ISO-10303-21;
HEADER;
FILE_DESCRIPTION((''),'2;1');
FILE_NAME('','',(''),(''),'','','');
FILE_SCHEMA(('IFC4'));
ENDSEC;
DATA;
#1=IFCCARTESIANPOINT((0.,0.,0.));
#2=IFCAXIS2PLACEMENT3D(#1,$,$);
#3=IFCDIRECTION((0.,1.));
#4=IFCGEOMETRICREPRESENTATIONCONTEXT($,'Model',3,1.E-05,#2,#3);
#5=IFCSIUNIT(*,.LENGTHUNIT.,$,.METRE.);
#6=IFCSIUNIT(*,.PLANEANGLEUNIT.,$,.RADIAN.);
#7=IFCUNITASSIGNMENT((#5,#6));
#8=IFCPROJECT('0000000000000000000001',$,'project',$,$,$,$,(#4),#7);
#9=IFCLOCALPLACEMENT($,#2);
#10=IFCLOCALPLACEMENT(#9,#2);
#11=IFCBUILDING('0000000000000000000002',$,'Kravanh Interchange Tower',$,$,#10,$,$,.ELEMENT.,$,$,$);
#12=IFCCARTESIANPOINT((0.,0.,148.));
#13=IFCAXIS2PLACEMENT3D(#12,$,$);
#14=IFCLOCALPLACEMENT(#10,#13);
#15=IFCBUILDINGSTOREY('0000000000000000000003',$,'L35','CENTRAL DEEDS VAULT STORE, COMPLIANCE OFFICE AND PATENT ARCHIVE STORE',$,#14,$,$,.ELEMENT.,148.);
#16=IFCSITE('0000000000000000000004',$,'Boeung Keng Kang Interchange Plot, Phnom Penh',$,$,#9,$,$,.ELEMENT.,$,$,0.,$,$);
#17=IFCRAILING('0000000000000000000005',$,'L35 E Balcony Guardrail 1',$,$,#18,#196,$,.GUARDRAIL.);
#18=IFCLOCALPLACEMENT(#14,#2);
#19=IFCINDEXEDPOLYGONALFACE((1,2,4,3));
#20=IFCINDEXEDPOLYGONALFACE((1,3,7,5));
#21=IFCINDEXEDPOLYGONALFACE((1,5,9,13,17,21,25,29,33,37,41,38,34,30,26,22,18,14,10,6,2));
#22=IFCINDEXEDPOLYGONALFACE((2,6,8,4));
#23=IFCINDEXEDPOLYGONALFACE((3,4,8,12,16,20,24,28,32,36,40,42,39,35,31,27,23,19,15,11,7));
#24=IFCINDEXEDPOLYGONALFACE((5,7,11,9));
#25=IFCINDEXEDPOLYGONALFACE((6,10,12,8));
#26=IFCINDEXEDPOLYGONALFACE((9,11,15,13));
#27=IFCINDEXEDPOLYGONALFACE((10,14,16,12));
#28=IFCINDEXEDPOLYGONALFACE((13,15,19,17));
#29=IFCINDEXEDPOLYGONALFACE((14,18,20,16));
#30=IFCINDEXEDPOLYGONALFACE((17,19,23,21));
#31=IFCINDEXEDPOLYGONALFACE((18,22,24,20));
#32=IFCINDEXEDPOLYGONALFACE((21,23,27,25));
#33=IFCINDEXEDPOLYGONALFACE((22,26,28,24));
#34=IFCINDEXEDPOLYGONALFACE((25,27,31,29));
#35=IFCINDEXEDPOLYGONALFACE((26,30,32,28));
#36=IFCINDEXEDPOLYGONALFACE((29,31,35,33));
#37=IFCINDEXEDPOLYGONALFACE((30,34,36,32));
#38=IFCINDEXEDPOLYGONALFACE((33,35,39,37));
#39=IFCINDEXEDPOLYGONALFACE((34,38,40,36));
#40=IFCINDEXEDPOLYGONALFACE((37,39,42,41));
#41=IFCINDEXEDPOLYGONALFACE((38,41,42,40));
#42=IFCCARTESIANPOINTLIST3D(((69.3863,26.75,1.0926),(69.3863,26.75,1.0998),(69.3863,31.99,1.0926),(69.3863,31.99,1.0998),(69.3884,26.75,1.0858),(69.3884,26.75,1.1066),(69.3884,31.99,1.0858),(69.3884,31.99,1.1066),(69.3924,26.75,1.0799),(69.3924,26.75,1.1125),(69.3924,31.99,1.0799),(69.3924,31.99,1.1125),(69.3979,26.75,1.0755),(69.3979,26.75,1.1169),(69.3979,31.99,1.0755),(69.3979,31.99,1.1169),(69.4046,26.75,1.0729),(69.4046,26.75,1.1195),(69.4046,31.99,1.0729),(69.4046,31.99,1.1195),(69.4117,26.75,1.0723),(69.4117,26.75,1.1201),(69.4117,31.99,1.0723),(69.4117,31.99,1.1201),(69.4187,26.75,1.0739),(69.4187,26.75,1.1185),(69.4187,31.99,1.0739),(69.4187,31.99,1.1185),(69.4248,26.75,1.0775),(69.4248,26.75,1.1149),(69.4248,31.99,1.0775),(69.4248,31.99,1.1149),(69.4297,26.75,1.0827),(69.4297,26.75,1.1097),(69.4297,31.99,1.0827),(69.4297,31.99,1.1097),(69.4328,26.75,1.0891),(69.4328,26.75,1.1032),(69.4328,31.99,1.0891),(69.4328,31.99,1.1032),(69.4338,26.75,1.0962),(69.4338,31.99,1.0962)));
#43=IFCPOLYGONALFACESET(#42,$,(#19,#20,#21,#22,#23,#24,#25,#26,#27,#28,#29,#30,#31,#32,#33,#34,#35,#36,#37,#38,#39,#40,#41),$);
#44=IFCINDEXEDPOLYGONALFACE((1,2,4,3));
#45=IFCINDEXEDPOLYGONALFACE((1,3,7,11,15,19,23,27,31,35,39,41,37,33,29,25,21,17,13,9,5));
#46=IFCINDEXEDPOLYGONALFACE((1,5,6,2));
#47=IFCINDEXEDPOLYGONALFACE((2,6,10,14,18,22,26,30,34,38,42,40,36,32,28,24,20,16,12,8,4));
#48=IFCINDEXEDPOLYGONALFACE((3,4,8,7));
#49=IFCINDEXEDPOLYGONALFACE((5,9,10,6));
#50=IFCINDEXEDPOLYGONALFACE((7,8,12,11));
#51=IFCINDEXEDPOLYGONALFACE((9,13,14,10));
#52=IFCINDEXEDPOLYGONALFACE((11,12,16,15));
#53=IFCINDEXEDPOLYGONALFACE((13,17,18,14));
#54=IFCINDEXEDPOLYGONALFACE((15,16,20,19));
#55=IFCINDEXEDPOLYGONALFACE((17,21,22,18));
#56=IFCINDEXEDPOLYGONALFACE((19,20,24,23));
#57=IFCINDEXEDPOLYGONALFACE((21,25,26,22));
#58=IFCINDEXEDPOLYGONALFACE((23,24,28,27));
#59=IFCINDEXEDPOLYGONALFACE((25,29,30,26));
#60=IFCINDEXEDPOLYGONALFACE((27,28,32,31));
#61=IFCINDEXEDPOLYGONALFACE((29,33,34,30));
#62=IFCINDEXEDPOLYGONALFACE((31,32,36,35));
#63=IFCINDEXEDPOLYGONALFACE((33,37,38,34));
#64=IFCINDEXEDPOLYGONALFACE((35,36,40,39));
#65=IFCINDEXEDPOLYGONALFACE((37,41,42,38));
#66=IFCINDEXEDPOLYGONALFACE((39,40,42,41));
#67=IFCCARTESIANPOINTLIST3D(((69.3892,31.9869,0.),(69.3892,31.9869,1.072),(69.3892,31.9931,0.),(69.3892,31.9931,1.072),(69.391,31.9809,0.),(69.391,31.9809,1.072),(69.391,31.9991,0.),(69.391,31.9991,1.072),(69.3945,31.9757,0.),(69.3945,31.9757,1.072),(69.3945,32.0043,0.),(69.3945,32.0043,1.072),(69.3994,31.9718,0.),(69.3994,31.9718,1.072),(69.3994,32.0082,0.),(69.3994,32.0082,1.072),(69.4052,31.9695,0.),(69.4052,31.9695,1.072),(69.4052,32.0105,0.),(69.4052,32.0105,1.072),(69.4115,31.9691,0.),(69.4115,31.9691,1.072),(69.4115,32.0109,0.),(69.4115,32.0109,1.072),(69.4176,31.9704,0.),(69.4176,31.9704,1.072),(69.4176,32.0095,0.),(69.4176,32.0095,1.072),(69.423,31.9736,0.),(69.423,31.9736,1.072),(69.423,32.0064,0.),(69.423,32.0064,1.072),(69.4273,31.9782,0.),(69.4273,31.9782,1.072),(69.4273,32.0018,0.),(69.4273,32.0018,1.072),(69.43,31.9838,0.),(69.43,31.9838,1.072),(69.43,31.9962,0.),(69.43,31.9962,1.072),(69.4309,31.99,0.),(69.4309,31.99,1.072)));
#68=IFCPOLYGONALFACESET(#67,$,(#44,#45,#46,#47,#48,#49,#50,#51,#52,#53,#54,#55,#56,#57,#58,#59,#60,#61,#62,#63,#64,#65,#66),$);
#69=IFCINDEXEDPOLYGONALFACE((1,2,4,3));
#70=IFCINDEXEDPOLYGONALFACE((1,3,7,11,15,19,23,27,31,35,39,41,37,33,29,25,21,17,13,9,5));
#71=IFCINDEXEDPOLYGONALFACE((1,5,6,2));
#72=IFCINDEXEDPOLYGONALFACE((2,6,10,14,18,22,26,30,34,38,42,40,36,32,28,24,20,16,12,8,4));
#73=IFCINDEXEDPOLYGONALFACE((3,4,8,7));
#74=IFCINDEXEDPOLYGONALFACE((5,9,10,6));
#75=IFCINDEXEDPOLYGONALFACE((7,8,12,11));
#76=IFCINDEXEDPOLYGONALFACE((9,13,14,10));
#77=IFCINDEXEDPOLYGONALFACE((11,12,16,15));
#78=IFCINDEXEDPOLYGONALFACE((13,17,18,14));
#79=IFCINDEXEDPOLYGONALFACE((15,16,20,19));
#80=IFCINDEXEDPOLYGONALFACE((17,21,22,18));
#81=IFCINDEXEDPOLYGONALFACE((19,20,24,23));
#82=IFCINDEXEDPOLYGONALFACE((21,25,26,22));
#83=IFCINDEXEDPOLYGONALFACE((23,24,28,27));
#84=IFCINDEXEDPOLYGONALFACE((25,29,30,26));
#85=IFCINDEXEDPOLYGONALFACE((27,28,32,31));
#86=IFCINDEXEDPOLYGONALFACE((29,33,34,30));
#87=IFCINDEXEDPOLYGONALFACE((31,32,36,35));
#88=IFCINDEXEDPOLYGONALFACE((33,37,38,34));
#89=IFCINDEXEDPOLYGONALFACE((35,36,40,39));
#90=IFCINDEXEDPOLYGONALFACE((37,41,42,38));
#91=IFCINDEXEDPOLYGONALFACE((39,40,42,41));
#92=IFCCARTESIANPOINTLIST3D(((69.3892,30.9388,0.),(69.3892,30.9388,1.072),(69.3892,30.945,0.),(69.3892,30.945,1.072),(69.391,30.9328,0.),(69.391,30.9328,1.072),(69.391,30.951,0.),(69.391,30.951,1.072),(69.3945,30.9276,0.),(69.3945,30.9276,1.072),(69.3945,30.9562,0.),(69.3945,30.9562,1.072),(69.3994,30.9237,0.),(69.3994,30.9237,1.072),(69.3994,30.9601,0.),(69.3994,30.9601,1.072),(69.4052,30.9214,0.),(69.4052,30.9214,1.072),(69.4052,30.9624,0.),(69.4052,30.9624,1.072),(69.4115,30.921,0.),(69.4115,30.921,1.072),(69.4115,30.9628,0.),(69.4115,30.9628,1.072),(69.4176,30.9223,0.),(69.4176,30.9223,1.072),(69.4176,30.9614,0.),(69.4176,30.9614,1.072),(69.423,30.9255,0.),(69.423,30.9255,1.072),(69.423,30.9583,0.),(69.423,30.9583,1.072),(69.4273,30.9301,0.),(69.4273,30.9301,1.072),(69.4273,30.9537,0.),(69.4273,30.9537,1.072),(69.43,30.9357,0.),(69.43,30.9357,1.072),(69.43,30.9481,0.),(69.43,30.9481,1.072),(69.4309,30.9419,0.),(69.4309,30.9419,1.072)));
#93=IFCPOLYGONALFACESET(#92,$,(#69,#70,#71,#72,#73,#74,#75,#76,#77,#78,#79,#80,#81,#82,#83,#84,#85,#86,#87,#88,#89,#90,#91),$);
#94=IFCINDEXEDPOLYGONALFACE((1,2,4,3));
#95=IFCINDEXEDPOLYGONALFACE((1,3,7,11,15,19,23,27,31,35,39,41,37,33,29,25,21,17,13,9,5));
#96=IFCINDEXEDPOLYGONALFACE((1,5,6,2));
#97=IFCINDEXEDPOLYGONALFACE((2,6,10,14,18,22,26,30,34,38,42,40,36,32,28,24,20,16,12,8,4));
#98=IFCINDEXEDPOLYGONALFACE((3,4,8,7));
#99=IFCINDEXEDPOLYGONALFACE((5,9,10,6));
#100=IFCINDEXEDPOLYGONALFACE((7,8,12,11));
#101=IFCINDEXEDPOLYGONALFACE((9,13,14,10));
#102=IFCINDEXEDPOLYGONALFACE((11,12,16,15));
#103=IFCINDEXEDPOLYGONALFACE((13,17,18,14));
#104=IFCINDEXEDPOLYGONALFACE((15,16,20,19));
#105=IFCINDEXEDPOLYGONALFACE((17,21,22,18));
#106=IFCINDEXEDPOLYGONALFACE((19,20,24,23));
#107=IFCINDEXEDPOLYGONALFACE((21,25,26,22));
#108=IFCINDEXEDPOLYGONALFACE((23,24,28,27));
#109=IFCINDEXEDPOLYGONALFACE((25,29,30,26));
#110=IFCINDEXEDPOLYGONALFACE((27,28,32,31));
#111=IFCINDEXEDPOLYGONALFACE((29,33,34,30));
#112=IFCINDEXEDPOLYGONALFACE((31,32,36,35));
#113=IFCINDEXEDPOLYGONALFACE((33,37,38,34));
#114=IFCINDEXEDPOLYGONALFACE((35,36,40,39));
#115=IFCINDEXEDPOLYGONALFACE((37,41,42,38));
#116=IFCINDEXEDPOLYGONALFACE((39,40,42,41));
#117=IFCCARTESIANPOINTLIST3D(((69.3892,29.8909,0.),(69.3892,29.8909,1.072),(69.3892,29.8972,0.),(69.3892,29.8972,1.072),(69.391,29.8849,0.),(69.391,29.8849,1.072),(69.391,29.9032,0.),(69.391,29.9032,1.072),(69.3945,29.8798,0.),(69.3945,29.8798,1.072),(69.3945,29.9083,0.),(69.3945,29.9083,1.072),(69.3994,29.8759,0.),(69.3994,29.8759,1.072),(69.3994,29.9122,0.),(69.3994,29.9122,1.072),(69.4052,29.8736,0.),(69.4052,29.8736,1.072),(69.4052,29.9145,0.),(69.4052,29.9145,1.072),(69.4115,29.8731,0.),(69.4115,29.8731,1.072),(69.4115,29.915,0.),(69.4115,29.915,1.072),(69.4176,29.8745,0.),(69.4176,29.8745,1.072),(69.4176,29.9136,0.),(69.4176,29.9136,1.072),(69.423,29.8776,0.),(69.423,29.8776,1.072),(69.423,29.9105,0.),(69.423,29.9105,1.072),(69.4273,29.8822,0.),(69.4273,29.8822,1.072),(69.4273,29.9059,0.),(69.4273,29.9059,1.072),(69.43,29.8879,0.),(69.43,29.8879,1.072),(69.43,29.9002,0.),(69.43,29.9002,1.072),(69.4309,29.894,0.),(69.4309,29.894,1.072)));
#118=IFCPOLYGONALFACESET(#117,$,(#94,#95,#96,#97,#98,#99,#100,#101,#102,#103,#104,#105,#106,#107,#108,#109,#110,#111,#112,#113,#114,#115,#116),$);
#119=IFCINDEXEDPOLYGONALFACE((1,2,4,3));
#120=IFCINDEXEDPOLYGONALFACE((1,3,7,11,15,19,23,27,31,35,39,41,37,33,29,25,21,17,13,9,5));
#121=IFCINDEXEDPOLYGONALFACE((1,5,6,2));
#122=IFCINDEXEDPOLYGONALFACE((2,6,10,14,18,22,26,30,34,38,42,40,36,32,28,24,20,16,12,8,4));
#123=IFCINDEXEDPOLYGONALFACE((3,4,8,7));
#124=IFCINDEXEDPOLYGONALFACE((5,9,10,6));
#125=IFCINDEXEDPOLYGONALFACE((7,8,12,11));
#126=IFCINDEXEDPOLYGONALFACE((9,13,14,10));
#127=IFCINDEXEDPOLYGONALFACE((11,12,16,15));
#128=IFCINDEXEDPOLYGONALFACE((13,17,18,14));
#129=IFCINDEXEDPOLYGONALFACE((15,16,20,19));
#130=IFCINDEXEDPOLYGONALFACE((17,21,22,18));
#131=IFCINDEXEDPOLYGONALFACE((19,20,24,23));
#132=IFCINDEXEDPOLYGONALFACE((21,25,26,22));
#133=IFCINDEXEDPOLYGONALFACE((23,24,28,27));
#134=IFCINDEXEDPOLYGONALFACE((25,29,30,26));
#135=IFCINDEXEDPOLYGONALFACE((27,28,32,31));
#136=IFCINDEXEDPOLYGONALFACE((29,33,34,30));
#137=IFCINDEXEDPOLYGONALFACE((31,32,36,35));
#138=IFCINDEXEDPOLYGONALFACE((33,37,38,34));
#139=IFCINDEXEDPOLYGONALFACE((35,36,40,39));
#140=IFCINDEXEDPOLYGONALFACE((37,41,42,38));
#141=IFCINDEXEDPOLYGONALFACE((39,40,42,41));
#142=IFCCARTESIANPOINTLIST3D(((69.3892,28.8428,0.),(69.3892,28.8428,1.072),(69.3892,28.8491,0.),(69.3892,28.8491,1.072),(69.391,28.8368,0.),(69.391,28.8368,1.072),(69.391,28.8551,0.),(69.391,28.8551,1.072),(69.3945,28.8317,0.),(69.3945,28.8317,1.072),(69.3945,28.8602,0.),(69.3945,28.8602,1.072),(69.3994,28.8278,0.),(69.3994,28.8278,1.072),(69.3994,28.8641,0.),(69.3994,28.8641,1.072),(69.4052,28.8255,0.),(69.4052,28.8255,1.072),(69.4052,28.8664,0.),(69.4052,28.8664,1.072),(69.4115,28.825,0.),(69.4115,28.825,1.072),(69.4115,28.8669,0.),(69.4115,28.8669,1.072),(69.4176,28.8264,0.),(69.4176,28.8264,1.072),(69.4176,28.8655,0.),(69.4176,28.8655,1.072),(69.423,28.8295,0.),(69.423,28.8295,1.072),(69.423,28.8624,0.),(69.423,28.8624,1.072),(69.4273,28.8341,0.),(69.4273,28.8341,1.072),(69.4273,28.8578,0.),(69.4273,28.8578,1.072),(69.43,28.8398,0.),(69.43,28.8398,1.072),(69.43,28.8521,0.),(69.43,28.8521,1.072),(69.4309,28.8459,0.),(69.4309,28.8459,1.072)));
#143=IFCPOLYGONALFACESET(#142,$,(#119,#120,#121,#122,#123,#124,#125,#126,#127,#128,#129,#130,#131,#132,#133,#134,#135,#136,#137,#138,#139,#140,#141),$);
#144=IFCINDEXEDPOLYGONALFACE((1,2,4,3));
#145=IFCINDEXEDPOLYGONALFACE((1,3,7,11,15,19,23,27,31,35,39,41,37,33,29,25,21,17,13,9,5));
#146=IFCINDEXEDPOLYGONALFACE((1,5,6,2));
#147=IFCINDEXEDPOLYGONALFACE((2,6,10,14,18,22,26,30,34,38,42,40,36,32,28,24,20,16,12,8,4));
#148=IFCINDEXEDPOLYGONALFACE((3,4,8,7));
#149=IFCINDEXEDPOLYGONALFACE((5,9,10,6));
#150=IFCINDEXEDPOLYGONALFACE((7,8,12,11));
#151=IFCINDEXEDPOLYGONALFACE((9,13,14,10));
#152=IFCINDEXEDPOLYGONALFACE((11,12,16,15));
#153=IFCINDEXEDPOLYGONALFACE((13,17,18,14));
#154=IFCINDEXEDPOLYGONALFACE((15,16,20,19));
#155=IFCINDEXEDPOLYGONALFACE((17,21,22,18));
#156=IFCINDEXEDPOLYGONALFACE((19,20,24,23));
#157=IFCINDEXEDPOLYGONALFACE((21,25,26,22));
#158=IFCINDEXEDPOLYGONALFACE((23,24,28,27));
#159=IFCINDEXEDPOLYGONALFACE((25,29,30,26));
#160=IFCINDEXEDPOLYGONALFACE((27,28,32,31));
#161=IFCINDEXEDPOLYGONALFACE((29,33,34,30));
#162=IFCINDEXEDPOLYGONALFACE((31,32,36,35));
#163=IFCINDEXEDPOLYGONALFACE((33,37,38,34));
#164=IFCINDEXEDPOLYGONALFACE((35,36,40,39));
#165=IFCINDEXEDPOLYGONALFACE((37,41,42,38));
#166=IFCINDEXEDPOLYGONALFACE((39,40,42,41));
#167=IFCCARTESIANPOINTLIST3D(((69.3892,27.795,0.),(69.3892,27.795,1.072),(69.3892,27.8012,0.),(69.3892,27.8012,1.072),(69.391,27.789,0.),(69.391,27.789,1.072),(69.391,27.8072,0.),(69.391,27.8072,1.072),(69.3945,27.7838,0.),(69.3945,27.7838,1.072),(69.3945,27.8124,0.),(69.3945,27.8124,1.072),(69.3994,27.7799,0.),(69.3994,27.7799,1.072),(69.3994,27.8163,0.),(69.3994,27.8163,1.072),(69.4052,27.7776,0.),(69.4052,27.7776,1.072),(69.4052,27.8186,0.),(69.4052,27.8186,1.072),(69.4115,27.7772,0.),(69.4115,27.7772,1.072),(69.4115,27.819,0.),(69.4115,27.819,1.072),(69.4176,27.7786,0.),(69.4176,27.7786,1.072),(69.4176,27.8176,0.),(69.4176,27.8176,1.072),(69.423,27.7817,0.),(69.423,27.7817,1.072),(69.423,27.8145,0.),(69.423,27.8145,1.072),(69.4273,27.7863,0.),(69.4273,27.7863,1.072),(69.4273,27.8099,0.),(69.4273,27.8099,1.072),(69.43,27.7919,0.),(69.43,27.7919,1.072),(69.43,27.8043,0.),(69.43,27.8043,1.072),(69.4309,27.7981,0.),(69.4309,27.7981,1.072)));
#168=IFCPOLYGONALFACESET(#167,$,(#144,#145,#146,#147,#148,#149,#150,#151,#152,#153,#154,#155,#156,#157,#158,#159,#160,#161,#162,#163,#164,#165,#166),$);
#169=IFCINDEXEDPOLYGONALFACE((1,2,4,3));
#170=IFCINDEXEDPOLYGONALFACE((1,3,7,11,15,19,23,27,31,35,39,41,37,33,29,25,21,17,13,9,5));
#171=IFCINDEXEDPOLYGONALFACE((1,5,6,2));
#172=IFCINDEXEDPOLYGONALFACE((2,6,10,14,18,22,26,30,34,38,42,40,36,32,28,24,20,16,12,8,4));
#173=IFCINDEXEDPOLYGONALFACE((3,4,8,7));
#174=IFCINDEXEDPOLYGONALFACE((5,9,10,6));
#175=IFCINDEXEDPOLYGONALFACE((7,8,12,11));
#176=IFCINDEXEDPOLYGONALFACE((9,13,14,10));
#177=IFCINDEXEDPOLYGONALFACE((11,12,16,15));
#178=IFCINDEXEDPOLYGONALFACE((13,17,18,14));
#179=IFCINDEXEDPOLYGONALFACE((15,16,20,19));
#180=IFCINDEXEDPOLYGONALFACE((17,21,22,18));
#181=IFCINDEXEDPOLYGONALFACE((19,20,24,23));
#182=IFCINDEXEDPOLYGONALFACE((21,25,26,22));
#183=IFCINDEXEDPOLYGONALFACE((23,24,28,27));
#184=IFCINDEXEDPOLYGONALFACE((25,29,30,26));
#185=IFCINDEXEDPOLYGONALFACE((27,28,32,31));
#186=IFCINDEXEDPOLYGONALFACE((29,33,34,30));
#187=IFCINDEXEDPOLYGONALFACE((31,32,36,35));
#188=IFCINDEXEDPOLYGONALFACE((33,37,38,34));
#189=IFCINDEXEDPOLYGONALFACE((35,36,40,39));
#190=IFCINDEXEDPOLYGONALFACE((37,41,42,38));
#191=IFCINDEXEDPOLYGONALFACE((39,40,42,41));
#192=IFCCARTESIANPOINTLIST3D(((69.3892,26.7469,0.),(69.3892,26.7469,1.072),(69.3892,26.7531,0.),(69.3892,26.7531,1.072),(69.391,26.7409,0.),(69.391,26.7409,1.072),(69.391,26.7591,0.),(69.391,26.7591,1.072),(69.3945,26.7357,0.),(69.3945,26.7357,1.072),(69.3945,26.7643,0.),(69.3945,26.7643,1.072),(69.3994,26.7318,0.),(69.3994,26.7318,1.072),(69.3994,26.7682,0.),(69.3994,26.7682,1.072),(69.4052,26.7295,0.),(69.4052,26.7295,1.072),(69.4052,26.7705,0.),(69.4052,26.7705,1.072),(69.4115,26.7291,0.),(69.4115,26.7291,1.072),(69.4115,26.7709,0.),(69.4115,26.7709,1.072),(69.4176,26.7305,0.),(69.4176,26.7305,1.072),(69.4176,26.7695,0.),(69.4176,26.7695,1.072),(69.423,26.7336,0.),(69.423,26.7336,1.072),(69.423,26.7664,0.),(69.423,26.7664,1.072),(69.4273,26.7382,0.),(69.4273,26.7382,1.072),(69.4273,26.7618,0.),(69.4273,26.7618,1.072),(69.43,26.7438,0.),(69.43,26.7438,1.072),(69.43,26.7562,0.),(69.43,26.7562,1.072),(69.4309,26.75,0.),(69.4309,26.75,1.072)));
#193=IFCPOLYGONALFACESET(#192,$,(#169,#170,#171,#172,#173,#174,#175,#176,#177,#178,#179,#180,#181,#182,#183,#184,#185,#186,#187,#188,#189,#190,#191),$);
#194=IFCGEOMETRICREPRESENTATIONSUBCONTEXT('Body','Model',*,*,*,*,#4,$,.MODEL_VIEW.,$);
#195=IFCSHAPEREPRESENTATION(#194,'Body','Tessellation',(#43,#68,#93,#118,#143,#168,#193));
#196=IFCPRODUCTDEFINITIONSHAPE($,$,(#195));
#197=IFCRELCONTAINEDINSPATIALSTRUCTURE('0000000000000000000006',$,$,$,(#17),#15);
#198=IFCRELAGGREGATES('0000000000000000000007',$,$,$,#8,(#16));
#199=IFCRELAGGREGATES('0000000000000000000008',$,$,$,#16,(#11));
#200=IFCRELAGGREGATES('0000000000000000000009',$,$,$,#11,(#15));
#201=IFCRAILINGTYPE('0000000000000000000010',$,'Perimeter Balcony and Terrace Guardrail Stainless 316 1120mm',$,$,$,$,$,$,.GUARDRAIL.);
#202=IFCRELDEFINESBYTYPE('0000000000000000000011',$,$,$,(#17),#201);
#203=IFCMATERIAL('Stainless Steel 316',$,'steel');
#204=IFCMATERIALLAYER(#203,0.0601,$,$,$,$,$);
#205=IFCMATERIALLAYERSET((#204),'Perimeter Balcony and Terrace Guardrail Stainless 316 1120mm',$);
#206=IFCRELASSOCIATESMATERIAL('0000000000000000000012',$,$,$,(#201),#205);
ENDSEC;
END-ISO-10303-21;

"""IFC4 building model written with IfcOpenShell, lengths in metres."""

from ifc_helpers import new_model, si_unit, direction, frame, origin, origin_2d, place, context, subcontext, project, spatial, circle, extrude, material, layer, layer_set, type_object, element, save


model = new_model("IFC4")

# Units and contexts
model_context = context("Model", 3, precision=1e-05, world=origin(), true_north=direction((0.0, 1.0)))
body_context = subcontext(model_context, "Body", "Model", "MODEL_VIEW")
ifc_project = project(units=[si_unit("LENGTHUNIT", "METRE"), si_unit("PLANEANGLEUNIT", "RADIAN")], contexts=[model_context])

# Site, building, storey
site_placement = place(None, origin())
site = spatial("IfcSite", under=ifc_project, at=site_placement, Name="Boeung Keng Kang Interchange Plot, Phnom Penh", CompositionType="ELEMENT", RefElevation=0.0)
building_placement = place(site_placement, origin())
building = spatial("IfcBuilding", under=site, at=building_placement, Name="Kravanh Interchange Tower", CompositionType="ELEMENT")
storey_placement = place(building_placement, frame((0.0, 0.0, 148.0)))
storey = spatial("IfcBuildingStorey", under=building, at=storey_placement, Name="L35", Description="CENTRAL DEEDS VAULT STORE, COMPLIANCE OFFICE AND PATENT ARCHIVE STORE", CompositionType="ELEMENT", Elevation=148.0)

# Railing
ifc_material_1 = material(Name="Stainless Steel 316", Category="steel")
ifc_layer_1 = layer(ifc_material_1, 0.0601)
ifc_layer_set_1 = layer_set([ifc_layer_1], Name="Perimeter Balcony and Terrace Guardrail Stainless 316 1120mm")
railing_type_1 = type_object("IfcRailingType", Name="Perimeter Balcony and Terrace Guardrail Stainless 316 1120mm", PredefinedType="GUARDRAIL", material=ifc_layer_set_1)
railing_1_placement = place(storey_placement, frame((69.4099, 31.99, 0.0)))
element("IfcRailing", 1, at=railing_1_placement, inside=storey, type_object=railing_type_1, Name="L35 E Balcony Guardrail 1", PredefinedType="GUARDRAIL", context=body_context, shape_type="SweptSolid", body=[
    extrude(circle(Radius=0.0239, at=origin_2d()), frame((0.0, 0.0, 1.0962), z_axis=(0.0, -1.0, 0.0), x_axis=(1.0, 0.0, 0.0)), (0.0, 0.0, 1.0), 5.24),
    extrude(circle(Radius=0.021, at=origin_2d()), origin(), (0.0, 0.0, 1.0), 1.072),
    extrude(circle(Radius=0.021, at=origin_2d()), frame((0.0, -1.0481, 0.0)), (0.0, 0.0, 1.0), 1.072),
    extrude(circle(Radius=0.021, at=origin_2d()), frame((0.0, -2.0959, 0.0)), (0.0, 0.0, 1.0), 1.072),
    extrude(circle(Radius=0.021, at=origin_2d()), frame((0.0, -3.144, 0.0)), (0.0, 0.0, 1.0), 1.072),
    extrude(circle(Radius=0.021, at=origin_2d()), frame((0.0, -4.1919, 0.0)), (0.0, 0.0, 1.0), 1.072),
    extrude(circle(Radius=0.021, at=origin_2d()), frame((0.0, -5.24, 0.0)), (0.0, 0.0, 1.0), 1.072),
])

save(model, "model.ifc")
